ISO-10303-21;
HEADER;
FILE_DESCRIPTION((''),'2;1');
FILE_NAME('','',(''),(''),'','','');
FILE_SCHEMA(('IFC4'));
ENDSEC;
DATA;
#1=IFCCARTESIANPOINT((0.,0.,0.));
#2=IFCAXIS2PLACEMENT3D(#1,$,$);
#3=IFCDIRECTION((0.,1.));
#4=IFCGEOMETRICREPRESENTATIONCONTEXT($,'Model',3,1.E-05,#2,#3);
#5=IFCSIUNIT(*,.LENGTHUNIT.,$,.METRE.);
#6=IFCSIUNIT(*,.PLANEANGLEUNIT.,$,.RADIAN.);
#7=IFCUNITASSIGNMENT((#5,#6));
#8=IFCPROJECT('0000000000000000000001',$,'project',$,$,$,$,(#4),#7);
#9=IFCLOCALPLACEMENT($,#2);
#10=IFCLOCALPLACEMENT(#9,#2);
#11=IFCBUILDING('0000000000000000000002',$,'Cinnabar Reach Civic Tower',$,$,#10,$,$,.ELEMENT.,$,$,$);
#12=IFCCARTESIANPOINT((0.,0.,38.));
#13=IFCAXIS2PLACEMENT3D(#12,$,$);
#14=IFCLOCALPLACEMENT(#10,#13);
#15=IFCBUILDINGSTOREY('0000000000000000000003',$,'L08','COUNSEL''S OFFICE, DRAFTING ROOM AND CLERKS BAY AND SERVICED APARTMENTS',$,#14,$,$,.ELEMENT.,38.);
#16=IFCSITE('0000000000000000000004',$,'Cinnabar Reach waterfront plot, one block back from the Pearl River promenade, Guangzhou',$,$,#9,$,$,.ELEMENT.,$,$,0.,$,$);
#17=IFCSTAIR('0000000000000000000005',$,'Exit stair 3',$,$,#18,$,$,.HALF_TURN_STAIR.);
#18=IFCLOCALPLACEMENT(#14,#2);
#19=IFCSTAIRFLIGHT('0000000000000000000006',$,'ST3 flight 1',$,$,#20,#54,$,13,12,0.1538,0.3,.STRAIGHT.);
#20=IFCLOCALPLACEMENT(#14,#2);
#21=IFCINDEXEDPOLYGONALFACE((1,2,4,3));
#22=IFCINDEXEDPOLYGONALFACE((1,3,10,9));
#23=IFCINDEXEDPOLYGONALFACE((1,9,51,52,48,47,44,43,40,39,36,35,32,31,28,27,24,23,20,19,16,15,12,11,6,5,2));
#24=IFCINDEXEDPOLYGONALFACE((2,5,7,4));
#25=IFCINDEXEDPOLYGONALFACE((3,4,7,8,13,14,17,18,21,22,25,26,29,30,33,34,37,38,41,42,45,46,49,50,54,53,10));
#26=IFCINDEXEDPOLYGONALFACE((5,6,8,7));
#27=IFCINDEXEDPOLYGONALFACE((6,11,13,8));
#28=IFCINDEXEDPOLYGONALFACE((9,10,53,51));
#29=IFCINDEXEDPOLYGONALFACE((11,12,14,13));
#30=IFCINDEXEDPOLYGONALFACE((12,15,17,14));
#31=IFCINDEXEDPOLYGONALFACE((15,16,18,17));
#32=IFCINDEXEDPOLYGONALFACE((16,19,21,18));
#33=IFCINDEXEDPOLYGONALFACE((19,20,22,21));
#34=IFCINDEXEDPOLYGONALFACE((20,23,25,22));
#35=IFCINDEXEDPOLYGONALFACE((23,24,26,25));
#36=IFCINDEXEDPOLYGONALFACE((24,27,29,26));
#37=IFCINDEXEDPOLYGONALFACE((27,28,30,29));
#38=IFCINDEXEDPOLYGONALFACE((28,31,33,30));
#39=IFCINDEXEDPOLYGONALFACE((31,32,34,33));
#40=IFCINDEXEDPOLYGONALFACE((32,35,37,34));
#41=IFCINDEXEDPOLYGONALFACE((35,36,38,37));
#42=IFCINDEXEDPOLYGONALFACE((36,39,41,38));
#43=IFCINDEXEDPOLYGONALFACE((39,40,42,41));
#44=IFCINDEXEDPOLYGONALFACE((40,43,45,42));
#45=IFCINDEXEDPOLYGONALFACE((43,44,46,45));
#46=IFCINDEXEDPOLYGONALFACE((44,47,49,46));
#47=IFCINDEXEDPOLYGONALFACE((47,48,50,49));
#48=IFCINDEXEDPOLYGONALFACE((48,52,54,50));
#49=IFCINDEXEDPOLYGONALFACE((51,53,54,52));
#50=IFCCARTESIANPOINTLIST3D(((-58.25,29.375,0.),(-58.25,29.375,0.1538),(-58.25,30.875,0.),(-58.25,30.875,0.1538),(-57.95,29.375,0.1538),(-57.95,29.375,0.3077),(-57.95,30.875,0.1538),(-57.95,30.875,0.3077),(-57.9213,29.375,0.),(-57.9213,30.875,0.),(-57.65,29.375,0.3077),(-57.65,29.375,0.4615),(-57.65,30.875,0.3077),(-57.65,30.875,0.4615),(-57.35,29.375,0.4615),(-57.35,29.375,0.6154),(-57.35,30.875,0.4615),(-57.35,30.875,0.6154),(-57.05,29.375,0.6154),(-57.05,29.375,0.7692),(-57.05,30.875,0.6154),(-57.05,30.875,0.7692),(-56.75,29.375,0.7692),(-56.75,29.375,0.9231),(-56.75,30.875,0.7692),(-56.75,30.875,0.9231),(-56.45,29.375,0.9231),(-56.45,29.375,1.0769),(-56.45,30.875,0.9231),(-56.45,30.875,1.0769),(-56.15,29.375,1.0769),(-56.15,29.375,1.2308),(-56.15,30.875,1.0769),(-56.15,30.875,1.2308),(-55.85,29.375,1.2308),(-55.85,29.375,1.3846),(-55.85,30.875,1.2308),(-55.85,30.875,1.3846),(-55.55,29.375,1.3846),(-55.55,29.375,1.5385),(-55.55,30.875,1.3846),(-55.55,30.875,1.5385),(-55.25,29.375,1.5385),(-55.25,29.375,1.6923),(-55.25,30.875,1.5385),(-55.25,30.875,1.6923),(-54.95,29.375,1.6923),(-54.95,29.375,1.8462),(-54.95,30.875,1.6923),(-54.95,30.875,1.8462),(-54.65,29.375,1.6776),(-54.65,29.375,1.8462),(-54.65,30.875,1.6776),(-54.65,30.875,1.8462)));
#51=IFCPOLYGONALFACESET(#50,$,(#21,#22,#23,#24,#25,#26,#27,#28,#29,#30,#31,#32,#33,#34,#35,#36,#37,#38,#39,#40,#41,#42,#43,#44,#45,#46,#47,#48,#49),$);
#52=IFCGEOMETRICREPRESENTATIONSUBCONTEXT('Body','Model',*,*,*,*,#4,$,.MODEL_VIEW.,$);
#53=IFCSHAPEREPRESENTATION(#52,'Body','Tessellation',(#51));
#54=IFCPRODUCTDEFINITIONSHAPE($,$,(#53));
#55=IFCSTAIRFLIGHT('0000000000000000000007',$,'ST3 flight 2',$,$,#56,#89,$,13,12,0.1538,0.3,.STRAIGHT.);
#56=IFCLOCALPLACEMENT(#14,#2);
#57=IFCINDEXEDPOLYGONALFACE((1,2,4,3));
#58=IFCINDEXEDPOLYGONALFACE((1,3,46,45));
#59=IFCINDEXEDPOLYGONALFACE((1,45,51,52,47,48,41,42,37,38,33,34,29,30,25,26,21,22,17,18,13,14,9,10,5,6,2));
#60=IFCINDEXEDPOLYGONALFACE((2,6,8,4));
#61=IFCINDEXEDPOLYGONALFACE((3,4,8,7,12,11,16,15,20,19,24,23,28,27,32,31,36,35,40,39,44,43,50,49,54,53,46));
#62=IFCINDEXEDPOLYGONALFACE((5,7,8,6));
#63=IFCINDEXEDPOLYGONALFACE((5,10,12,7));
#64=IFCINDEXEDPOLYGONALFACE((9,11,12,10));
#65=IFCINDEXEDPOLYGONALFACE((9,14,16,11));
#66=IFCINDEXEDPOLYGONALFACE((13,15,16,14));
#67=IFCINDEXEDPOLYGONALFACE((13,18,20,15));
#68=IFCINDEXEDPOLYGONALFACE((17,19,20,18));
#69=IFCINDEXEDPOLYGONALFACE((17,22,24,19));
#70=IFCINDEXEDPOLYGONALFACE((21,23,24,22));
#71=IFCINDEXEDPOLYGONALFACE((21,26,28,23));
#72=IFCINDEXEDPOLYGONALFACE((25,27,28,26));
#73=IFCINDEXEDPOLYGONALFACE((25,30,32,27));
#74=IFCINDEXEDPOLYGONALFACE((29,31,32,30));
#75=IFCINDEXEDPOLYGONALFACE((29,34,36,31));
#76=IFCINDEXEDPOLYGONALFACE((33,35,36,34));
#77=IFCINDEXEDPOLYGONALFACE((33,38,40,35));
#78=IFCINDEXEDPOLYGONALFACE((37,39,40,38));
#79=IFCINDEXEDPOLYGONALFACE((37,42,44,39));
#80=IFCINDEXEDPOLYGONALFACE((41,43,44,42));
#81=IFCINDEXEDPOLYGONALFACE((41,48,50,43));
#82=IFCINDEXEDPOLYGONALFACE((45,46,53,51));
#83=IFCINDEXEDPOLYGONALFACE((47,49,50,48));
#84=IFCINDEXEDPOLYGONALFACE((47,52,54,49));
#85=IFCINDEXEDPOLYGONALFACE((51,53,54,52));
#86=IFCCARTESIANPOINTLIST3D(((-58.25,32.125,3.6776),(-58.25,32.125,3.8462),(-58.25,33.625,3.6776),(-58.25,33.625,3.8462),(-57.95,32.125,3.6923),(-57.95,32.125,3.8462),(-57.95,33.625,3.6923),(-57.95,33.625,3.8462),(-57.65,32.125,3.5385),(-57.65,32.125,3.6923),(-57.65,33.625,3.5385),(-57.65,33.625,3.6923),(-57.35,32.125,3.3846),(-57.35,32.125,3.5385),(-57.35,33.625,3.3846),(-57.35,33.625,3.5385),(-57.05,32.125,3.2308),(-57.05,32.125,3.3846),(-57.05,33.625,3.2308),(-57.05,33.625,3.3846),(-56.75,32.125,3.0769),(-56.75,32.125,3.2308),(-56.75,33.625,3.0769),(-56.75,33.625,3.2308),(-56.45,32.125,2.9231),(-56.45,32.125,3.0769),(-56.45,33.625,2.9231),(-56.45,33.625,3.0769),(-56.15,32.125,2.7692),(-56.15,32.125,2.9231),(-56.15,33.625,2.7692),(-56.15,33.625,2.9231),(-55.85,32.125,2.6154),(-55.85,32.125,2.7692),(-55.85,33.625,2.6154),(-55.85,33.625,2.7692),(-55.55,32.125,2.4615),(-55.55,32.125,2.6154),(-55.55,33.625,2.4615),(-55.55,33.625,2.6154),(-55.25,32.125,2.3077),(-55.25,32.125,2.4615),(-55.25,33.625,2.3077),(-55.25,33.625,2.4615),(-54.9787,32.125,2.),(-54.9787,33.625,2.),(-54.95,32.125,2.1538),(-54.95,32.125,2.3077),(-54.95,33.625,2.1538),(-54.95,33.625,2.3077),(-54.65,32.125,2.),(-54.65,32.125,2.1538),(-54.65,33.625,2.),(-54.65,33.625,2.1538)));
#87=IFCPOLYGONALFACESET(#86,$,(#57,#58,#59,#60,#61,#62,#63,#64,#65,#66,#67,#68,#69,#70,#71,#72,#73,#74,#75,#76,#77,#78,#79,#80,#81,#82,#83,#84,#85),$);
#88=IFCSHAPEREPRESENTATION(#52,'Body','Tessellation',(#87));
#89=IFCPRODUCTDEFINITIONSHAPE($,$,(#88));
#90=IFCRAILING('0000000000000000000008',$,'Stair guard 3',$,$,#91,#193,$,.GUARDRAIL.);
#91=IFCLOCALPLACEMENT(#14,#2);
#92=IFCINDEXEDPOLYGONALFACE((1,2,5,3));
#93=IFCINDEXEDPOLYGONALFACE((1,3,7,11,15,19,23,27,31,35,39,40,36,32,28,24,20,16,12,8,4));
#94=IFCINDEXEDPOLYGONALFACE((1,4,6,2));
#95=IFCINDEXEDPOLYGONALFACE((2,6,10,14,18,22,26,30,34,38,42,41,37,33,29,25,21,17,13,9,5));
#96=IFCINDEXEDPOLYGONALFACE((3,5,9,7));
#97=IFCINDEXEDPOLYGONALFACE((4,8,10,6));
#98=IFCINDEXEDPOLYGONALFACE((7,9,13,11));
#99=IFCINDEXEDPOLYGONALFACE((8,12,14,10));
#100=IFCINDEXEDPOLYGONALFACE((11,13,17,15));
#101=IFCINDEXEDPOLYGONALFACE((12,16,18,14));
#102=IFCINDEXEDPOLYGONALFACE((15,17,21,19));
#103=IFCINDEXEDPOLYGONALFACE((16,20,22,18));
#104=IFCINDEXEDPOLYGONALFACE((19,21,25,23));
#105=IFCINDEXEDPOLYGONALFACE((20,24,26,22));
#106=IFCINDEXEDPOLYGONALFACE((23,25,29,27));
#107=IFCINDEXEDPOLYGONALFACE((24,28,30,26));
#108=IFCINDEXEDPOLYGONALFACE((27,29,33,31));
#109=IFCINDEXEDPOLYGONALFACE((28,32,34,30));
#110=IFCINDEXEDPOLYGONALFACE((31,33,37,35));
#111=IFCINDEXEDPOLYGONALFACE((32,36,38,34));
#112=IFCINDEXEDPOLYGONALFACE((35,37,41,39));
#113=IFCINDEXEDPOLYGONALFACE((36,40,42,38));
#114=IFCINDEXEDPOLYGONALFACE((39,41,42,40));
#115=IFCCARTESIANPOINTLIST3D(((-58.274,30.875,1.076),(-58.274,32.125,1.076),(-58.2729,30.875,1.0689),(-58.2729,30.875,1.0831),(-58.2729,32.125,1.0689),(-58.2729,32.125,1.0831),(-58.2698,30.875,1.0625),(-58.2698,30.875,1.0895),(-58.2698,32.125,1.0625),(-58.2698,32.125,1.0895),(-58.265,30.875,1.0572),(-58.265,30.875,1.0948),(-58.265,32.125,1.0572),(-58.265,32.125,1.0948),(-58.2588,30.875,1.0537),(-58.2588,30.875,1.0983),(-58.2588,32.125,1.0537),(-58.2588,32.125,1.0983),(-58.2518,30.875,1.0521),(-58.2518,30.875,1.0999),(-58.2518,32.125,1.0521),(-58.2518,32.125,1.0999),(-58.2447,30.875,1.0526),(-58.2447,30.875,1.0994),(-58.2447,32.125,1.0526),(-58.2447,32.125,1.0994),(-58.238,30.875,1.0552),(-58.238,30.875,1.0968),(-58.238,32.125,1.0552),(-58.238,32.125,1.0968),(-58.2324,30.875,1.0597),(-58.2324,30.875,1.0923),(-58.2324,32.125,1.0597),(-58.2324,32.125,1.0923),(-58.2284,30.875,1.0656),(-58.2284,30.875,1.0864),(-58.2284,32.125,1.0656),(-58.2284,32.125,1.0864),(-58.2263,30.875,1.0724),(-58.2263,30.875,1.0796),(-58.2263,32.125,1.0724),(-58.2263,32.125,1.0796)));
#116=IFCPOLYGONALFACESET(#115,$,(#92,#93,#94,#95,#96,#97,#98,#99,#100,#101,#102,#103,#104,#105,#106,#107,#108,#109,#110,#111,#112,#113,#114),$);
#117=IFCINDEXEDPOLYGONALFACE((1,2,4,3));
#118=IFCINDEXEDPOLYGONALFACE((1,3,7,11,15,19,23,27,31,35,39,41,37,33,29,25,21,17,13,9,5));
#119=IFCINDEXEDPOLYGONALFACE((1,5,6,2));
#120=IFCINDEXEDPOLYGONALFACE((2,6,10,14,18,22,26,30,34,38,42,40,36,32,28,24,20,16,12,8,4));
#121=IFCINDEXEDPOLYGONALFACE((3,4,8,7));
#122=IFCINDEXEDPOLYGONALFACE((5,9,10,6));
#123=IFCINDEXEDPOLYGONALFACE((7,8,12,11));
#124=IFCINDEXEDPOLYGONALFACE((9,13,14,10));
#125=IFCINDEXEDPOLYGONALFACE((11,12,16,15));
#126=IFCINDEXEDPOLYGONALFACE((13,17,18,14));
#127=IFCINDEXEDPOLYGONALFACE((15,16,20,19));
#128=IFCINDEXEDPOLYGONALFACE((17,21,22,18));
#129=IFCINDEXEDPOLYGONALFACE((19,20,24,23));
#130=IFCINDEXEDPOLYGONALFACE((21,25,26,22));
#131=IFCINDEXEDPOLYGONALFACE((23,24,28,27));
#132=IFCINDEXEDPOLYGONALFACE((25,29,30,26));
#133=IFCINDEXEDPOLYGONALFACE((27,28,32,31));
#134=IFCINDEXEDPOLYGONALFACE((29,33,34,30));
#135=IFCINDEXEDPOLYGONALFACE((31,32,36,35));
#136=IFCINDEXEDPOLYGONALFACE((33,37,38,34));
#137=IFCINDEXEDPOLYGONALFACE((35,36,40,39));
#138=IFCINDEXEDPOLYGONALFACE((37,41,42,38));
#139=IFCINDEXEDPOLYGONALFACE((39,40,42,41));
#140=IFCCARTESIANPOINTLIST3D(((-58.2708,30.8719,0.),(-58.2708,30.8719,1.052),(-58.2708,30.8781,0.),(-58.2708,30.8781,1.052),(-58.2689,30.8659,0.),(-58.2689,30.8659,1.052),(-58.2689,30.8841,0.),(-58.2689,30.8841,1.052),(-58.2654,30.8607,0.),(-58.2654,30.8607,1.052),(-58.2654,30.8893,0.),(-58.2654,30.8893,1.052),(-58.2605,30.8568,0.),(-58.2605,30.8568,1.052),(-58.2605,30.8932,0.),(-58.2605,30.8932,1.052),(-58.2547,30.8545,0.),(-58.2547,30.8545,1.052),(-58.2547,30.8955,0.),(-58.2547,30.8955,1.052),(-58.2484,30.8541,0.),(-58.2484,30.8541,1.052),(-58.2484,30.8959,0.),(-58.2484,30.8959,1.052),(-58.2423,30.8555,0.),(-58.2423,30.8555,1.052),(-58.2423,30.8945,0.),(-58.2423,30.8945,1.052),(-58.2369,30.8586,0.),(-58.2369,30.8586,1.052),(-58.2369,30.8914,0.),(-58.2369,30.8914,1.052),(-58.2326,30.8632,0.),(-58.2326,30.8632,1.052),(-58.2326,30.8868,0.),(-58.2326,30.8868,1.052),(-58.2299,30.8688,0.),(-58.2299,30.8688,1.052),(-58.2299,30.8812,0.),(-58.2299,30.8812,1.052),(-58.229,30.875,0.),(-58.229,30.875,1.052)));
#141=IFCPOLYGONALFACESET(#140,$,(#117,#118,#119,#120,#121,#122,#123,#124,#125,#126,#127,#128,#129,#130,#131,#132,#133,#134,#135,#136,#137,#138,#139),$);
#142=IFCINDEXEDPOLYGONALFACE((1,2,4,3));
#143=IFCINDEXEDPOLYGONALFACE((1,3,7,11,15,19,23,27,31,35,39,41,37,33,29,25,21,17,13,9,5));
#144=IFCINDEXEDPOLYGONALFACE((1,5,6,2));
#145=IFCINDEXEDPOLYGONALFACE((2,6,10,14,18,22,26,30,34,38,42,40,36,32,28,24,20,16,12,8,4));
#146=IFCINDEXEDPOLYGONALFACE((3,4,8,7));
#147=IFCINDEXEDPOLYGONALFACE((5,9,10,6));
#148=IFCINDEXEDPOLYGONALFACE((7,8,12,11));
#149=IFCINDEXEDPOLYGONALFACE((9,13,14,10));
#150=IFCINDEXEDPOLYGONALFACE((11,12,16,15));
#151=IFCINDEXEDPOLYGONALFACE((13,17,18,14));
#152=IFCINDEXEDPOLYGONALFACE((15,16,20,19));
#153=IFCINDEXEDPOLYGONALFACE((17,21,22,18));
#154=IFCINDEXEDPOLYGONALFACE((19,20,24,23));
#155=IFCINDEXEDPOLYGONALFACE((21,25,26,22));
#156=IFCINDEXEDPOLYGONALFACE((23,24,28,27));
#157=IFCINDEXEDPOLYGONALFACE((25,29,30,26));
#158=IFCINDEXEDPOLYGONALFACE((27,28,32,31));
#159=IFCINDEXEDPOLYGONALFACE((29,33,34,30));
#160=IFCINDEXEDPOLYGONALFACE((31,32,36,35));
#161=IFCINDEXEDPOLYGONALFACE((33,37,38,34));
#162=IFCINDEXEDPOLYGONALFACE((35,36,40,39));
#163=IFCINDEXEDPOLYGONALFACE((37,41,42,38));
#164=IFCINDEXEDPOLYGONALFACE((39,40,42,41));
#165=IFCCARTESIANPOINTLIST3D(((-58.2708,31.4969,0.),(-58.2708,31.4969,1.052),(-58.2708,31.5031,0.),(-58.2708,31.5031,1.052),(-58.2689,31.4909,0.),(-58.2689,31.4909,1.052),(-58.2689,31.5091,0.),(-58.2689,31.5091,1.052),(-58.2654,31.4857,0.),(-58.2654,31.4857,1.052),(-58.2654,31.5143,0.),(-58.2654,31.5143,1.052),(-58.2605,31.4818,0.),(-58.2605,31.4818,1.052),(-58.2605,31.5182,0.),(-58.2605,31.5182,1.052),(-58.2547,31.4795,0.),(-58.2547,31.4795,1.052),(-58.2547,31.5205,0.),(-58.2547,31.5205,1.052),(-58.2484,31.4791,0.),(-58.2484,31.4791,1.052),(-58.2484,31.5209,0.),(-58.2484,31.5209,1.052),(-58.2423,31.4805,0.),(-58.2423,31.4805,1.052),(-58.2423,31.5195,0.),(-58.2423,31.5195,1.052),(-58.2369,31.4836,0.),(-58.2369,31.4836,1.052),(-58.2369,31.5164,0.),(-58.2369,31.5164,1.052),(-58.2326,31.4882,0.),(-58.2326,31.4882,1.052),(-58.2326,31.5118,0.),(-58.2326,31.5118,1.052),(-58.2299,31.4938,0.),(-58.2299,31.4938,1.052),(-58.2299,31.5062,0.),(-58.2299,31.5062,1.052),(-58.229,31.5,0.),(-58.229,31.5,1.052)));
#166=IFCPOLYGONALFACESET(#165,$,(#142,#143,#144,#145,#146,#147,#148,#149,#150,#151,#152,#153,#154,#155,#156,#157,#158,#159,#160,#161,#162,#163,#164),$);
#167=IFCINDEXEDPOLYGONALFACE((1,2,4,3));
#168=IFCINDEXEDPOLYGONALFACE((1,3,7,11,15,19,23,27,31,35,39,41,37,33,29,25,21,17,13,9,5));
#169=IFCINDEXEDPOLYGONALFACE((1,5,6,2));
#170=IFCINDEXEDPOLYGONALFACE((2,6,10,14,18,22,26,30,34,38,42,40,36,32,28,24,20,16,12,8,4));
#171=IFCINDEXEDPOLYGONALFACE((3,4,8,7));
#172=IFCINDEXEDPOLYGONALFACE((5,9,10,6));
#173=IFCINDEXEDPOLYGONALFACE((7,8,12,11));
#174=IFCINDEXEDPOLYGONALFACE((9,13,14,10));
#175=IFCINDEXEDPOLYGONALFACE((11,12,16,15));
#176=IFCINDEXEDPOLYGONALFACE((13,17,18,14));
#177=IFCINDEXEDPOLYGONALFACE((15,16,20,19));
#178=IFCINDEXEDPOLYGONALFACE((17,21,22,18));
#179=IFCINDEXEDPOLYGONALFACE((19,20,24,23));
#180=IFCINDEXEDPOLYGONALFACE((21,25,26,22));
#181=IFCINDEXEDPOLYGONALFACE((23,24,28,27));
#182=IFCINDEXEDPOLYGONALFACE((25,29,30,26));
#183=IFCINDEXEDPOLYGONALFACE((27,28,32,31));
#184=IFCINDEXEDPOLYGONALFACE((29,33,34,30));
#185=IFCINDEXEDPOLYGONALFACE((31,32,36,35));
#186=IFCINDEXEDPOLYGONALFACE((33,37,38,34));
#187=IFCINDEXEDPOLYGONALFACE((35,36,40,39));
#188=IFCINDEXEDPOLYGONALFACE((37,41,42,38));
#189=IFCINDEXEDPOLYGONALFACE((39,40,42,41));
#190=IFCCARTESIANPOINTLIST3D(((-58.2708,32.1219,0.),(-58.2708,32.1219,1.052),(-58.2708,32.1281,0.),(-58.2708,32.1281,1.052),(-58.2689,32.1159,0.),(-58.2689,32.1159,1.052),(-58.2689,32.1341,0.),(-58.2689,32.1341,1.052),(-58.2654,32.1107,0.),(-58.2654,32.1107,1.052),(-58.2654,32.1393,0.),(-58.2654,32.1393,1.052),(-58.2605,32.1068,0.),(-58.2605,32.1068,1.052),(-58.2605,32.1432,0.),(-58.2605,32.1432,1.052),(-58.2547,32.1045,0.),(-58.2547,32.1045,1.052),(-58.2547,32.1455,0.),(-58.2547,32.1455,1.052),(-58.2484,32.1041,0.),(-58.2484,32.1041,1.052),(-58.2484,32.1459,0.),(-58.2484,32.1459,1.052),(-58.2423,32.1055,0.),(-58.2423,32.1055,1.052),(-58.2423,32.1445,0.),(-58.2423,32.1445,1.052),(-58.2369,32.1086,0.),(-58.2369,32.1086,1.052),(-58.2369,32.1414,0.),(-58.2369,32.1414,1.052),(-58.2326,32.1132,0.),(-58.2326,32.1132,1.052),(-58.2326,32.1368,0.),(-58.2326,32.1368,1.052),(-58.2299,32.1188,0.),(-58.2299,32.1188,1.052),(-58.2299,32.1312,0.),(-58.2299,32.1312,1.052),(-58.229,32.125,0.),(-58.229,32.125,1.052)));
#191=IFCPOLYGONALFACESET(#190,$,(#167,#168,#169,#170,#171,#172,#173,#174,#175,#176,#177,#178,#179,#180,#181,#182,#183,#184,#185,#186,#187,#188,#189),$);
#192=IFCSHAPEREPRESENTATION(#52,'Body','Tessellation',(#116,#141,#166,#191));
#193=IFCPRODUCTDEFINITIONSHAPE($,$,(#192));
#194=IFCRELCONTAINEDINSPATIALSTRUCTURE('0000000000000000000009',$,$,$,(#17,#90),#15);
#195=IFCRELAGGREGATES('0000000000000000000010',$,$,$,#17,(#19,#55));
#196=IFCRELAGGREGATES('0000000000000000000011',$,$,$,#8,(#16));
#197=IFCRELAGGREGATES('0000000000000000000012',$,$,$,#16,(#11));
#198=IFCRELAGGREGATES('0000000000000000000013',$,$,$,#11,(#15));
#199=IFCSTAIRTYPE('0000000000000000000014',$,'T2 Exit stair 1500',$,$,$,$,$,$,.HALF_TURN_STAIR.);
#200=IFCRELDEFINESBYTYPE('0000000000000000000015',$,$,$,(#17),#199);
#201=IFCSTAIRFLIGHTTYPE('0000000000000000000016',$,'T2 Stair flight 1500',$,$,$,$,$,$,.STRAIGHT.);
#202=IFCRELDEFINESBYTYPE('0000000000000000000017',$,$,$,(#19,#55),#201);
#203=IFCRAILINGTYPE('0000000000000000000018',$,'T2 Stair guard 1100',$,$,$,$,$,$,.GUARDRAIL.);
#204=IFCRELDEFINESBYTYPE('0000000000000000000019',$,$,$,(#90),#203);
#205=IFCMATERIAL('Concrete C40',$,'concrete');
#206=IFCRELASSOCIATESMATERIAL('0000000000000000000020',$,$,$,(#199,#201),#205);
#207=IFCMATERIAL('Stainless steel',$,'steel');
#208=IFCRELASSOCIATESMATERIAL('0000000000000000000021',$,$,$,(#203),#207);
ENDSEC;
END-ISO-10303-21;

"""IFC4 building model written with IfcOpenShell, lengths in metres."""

from ifc_helpers import new_model, si_unit, direction, frame, origin, origin_2d, place, context, subcontext, project, spatial, polyline, circle, outline, extrude, material, type_object, element, aggregate, save


model = new_model("IFC4")

# Units and contexts
model_context = context("Model", 3, precision=1e-05, world=origin(), true_north=direction((0.0, 1.0)))
body_context = subcontext(model_context, "Body", "Model", "MODEL_VIEW")
ifc_project = project(units=[si_unit("LENGTHUNIT", "METRE"), si_unit("PLANEANGLEUNIT", "RADIAN")], contexts=[model_context])

# Site, building, storey
site_placement = place(None, origin())
site = spatial("IfcSite", under=ifc_project, at=site_placement, Name="Cinnabar Reach waterfront plot, one block back from the Pearl River promenade, Guangzhou", CompositionType="ELEMENT", RefElevation=0.0)
building_placement = place(site_placement, origin())
building = spatial("IfcBuilding", under=site, at=building_placement, Name="Cinnabar Reach Civic Tower", CompositionType="ELEMENT")
storey_placement = place(building_placement, frame((0.0, 0.0, 38.0)))
storey = spatial("IfcBuildingStorey", under=building, at=storey_placement, Name="L08", Description="COUNSEL'S OFFICE, DRAFTING ROOM AND CLERKS BAY AND SERVICED APARTMENTS", CompositionType="ELEMENT", Elevation=38.0)

# Stair, stair flights
ifc_material_1 = material(Name="Concrete C40", Category="concrete")
stair_type = type_object("IfcStairType", Name="T2 Exit stair 1500", PredefinedType="HALF_TURN_STAIR", material=ifc_material_1)
stair_placement = place(storey_placement, origin())
stair = element("IfcStair", 1, at=stair_placement, inside=storey, type_object=stair_type, Name="Exit stair 3", PredefinedType="HALF_TURN_STAIR")
stair_flight_type = type_object("IfcStairFlightType", Name="T2 Stair flight 1500", PredefinedType="STRAIGHT", material=ifc_material_1)
stair_flight_1_placement = place(storey_placement, frame((-58.25, 30.125, 0.0), z_axis=(0.0, 0.0, 1.0), x_axis=(1.0, 0.0, 0.0)))
stair_flight_1 = element("IfcStairFlight", 2, at=stair_flight_1_placement, type_object=stair_flight_type, Name="ST3 flight 1", NumberOfRisers=13, NumberOfTreads=12, PredefinedType="STRAIGHT", RiserHeight=0.1538, TreadLength=0.3, context=body_context, shape_type="SweptSolid", body=[
    extrude(outline(polyline([(0.0, 0.0), (0.0, 0.1538), (0.3, 0.1538), (0.3, 0.3077), (0.6, 0.3077), (0.6, 0.4615), (0.9, 0.4615), (0.9, 0.6154), (1.2, 0.6154), (1.2, 0.7692), (1.5, 0.7692), (1.5, 0.9231), (1.8, 0.9231), (1.8, 1.0769), (2.1, 1.0769), (2.1, 1.2308), (2.4, 1.2308), (2.4, 1.3846), (2.7, 1.3846), (2.7, 1.5385), (3.0, 1.5385), (3.0, 1.6923), (3.3, 1.6923), (3.3, 1.8462), (3.6, 1.8462), (3.6, 2.0), (3.6, 1.6776), (0.3287, 0.0), (0.0, 0.0)])), frame((0.0, 0.75, 0.0), z_axis=(0.0, -1.0, 0.0), x_axis=(1.0, 0.0, 0.0)), (0.0, 0.0, 1.0), 1.5),
])
stair_flight_2_placement = place(storey_placement, frame((-54.65, 32.875, 2.0), z_axis=(0.0, 0.0, 1.0), x_axis=(-1.0, 0.0, 0.0)))
stair_flight_2 = element("IfcStairFlight", 3, at=stair_flight_2_placement, type_object=stair_flight_type, Name="ST3 flight 2", NumberOfRisers=13, NumberOfTreads=12, PredefinedType="STRAIGHT", RiserHeight=0.1538, TreadLength=0.3, context=body_context, shape_type="SweptSolid", body=[
    extrude(outline(polyline([(0.0, 0.0), (0.0, 0.1538), (0.3, 0.1538), (0.3, 0.3077), (0.6, 0.3077), (0.6, 0.4615), (0.9, 0.4615), (0.9, 0.6154), (1.2, 0.6154), (1.2, 0.7692), (1.5, 0.7692), (1.5, 0.9231), (1.8, 0.9231), (1.8, 1.0769), (2.1, 1.0769), (2.1, 1.2308), (2.4, 1.2308), (2.4, 1.3846), (2.7, 1.3846), (2.7, 1.5385), (3.0, 1.5385), (3.0, 1.6923), (3.3, 1.6923), (3.3, 1.8462), (3.6, 1.8462), (3.6, 2.0), (3.6, 1.6776), (0.3287, 0.0), (0.0, 0.0)])), frame((0.0, 0.75, 0.0), z_axis=(0.0, -1.0, 0.0), x_axis=(1.0, 0.0, 0.0)), (0.0, 0.0, 1.0), 1.5),
])
aggregate(stair, [stair_flight_1, stair_flight_2])

# Railing
ifc_material_2 = material(Name="Stainless steel", Category="steel")
railing_type = type_object("IfcRailingType", Name="T2 Stair guard 1100", PredefinedType="GUARDRAIL", material=ifc_material_2)
railing_1_placement = place(storey_placement, frame((-58.25, 30.875, 0.0)))
element("IfcRailing", 4, at=railing_1_placement, inside=storey, type_object=railing_type, Name="Stair guard 3", PredefinedType="GUARDRAIL", context=body_context, shape_type="SweptSolid", body=[
    extrude(circle(Radius=0.024, at=origin_2d()), frame((0.0, 0.0, 1.076), z_axis=(0.0, 1.0, 0.0), x_axis=(-1.0, 0.0, 0.0)), (0.0, 0.0, 1.0), 1.25),
    extrude(circle(Radius=0.021, at=origin_2d()), origin(), (0.0, 0.0, 1.0), 1.052),
    extrude(circle(Radius=0.021, at=origin_2d()), frame((0.0, 0.625, 0.0)), (0.0, 0.0, 1.0), 1.052),
    extrude(circle(Radius=0.021, at=origin_2d()), frame((0.0, 1.25, 0.0)), (0.0, 0.0, 1.0), 1.052),
])

save(model, "model.ifc")
